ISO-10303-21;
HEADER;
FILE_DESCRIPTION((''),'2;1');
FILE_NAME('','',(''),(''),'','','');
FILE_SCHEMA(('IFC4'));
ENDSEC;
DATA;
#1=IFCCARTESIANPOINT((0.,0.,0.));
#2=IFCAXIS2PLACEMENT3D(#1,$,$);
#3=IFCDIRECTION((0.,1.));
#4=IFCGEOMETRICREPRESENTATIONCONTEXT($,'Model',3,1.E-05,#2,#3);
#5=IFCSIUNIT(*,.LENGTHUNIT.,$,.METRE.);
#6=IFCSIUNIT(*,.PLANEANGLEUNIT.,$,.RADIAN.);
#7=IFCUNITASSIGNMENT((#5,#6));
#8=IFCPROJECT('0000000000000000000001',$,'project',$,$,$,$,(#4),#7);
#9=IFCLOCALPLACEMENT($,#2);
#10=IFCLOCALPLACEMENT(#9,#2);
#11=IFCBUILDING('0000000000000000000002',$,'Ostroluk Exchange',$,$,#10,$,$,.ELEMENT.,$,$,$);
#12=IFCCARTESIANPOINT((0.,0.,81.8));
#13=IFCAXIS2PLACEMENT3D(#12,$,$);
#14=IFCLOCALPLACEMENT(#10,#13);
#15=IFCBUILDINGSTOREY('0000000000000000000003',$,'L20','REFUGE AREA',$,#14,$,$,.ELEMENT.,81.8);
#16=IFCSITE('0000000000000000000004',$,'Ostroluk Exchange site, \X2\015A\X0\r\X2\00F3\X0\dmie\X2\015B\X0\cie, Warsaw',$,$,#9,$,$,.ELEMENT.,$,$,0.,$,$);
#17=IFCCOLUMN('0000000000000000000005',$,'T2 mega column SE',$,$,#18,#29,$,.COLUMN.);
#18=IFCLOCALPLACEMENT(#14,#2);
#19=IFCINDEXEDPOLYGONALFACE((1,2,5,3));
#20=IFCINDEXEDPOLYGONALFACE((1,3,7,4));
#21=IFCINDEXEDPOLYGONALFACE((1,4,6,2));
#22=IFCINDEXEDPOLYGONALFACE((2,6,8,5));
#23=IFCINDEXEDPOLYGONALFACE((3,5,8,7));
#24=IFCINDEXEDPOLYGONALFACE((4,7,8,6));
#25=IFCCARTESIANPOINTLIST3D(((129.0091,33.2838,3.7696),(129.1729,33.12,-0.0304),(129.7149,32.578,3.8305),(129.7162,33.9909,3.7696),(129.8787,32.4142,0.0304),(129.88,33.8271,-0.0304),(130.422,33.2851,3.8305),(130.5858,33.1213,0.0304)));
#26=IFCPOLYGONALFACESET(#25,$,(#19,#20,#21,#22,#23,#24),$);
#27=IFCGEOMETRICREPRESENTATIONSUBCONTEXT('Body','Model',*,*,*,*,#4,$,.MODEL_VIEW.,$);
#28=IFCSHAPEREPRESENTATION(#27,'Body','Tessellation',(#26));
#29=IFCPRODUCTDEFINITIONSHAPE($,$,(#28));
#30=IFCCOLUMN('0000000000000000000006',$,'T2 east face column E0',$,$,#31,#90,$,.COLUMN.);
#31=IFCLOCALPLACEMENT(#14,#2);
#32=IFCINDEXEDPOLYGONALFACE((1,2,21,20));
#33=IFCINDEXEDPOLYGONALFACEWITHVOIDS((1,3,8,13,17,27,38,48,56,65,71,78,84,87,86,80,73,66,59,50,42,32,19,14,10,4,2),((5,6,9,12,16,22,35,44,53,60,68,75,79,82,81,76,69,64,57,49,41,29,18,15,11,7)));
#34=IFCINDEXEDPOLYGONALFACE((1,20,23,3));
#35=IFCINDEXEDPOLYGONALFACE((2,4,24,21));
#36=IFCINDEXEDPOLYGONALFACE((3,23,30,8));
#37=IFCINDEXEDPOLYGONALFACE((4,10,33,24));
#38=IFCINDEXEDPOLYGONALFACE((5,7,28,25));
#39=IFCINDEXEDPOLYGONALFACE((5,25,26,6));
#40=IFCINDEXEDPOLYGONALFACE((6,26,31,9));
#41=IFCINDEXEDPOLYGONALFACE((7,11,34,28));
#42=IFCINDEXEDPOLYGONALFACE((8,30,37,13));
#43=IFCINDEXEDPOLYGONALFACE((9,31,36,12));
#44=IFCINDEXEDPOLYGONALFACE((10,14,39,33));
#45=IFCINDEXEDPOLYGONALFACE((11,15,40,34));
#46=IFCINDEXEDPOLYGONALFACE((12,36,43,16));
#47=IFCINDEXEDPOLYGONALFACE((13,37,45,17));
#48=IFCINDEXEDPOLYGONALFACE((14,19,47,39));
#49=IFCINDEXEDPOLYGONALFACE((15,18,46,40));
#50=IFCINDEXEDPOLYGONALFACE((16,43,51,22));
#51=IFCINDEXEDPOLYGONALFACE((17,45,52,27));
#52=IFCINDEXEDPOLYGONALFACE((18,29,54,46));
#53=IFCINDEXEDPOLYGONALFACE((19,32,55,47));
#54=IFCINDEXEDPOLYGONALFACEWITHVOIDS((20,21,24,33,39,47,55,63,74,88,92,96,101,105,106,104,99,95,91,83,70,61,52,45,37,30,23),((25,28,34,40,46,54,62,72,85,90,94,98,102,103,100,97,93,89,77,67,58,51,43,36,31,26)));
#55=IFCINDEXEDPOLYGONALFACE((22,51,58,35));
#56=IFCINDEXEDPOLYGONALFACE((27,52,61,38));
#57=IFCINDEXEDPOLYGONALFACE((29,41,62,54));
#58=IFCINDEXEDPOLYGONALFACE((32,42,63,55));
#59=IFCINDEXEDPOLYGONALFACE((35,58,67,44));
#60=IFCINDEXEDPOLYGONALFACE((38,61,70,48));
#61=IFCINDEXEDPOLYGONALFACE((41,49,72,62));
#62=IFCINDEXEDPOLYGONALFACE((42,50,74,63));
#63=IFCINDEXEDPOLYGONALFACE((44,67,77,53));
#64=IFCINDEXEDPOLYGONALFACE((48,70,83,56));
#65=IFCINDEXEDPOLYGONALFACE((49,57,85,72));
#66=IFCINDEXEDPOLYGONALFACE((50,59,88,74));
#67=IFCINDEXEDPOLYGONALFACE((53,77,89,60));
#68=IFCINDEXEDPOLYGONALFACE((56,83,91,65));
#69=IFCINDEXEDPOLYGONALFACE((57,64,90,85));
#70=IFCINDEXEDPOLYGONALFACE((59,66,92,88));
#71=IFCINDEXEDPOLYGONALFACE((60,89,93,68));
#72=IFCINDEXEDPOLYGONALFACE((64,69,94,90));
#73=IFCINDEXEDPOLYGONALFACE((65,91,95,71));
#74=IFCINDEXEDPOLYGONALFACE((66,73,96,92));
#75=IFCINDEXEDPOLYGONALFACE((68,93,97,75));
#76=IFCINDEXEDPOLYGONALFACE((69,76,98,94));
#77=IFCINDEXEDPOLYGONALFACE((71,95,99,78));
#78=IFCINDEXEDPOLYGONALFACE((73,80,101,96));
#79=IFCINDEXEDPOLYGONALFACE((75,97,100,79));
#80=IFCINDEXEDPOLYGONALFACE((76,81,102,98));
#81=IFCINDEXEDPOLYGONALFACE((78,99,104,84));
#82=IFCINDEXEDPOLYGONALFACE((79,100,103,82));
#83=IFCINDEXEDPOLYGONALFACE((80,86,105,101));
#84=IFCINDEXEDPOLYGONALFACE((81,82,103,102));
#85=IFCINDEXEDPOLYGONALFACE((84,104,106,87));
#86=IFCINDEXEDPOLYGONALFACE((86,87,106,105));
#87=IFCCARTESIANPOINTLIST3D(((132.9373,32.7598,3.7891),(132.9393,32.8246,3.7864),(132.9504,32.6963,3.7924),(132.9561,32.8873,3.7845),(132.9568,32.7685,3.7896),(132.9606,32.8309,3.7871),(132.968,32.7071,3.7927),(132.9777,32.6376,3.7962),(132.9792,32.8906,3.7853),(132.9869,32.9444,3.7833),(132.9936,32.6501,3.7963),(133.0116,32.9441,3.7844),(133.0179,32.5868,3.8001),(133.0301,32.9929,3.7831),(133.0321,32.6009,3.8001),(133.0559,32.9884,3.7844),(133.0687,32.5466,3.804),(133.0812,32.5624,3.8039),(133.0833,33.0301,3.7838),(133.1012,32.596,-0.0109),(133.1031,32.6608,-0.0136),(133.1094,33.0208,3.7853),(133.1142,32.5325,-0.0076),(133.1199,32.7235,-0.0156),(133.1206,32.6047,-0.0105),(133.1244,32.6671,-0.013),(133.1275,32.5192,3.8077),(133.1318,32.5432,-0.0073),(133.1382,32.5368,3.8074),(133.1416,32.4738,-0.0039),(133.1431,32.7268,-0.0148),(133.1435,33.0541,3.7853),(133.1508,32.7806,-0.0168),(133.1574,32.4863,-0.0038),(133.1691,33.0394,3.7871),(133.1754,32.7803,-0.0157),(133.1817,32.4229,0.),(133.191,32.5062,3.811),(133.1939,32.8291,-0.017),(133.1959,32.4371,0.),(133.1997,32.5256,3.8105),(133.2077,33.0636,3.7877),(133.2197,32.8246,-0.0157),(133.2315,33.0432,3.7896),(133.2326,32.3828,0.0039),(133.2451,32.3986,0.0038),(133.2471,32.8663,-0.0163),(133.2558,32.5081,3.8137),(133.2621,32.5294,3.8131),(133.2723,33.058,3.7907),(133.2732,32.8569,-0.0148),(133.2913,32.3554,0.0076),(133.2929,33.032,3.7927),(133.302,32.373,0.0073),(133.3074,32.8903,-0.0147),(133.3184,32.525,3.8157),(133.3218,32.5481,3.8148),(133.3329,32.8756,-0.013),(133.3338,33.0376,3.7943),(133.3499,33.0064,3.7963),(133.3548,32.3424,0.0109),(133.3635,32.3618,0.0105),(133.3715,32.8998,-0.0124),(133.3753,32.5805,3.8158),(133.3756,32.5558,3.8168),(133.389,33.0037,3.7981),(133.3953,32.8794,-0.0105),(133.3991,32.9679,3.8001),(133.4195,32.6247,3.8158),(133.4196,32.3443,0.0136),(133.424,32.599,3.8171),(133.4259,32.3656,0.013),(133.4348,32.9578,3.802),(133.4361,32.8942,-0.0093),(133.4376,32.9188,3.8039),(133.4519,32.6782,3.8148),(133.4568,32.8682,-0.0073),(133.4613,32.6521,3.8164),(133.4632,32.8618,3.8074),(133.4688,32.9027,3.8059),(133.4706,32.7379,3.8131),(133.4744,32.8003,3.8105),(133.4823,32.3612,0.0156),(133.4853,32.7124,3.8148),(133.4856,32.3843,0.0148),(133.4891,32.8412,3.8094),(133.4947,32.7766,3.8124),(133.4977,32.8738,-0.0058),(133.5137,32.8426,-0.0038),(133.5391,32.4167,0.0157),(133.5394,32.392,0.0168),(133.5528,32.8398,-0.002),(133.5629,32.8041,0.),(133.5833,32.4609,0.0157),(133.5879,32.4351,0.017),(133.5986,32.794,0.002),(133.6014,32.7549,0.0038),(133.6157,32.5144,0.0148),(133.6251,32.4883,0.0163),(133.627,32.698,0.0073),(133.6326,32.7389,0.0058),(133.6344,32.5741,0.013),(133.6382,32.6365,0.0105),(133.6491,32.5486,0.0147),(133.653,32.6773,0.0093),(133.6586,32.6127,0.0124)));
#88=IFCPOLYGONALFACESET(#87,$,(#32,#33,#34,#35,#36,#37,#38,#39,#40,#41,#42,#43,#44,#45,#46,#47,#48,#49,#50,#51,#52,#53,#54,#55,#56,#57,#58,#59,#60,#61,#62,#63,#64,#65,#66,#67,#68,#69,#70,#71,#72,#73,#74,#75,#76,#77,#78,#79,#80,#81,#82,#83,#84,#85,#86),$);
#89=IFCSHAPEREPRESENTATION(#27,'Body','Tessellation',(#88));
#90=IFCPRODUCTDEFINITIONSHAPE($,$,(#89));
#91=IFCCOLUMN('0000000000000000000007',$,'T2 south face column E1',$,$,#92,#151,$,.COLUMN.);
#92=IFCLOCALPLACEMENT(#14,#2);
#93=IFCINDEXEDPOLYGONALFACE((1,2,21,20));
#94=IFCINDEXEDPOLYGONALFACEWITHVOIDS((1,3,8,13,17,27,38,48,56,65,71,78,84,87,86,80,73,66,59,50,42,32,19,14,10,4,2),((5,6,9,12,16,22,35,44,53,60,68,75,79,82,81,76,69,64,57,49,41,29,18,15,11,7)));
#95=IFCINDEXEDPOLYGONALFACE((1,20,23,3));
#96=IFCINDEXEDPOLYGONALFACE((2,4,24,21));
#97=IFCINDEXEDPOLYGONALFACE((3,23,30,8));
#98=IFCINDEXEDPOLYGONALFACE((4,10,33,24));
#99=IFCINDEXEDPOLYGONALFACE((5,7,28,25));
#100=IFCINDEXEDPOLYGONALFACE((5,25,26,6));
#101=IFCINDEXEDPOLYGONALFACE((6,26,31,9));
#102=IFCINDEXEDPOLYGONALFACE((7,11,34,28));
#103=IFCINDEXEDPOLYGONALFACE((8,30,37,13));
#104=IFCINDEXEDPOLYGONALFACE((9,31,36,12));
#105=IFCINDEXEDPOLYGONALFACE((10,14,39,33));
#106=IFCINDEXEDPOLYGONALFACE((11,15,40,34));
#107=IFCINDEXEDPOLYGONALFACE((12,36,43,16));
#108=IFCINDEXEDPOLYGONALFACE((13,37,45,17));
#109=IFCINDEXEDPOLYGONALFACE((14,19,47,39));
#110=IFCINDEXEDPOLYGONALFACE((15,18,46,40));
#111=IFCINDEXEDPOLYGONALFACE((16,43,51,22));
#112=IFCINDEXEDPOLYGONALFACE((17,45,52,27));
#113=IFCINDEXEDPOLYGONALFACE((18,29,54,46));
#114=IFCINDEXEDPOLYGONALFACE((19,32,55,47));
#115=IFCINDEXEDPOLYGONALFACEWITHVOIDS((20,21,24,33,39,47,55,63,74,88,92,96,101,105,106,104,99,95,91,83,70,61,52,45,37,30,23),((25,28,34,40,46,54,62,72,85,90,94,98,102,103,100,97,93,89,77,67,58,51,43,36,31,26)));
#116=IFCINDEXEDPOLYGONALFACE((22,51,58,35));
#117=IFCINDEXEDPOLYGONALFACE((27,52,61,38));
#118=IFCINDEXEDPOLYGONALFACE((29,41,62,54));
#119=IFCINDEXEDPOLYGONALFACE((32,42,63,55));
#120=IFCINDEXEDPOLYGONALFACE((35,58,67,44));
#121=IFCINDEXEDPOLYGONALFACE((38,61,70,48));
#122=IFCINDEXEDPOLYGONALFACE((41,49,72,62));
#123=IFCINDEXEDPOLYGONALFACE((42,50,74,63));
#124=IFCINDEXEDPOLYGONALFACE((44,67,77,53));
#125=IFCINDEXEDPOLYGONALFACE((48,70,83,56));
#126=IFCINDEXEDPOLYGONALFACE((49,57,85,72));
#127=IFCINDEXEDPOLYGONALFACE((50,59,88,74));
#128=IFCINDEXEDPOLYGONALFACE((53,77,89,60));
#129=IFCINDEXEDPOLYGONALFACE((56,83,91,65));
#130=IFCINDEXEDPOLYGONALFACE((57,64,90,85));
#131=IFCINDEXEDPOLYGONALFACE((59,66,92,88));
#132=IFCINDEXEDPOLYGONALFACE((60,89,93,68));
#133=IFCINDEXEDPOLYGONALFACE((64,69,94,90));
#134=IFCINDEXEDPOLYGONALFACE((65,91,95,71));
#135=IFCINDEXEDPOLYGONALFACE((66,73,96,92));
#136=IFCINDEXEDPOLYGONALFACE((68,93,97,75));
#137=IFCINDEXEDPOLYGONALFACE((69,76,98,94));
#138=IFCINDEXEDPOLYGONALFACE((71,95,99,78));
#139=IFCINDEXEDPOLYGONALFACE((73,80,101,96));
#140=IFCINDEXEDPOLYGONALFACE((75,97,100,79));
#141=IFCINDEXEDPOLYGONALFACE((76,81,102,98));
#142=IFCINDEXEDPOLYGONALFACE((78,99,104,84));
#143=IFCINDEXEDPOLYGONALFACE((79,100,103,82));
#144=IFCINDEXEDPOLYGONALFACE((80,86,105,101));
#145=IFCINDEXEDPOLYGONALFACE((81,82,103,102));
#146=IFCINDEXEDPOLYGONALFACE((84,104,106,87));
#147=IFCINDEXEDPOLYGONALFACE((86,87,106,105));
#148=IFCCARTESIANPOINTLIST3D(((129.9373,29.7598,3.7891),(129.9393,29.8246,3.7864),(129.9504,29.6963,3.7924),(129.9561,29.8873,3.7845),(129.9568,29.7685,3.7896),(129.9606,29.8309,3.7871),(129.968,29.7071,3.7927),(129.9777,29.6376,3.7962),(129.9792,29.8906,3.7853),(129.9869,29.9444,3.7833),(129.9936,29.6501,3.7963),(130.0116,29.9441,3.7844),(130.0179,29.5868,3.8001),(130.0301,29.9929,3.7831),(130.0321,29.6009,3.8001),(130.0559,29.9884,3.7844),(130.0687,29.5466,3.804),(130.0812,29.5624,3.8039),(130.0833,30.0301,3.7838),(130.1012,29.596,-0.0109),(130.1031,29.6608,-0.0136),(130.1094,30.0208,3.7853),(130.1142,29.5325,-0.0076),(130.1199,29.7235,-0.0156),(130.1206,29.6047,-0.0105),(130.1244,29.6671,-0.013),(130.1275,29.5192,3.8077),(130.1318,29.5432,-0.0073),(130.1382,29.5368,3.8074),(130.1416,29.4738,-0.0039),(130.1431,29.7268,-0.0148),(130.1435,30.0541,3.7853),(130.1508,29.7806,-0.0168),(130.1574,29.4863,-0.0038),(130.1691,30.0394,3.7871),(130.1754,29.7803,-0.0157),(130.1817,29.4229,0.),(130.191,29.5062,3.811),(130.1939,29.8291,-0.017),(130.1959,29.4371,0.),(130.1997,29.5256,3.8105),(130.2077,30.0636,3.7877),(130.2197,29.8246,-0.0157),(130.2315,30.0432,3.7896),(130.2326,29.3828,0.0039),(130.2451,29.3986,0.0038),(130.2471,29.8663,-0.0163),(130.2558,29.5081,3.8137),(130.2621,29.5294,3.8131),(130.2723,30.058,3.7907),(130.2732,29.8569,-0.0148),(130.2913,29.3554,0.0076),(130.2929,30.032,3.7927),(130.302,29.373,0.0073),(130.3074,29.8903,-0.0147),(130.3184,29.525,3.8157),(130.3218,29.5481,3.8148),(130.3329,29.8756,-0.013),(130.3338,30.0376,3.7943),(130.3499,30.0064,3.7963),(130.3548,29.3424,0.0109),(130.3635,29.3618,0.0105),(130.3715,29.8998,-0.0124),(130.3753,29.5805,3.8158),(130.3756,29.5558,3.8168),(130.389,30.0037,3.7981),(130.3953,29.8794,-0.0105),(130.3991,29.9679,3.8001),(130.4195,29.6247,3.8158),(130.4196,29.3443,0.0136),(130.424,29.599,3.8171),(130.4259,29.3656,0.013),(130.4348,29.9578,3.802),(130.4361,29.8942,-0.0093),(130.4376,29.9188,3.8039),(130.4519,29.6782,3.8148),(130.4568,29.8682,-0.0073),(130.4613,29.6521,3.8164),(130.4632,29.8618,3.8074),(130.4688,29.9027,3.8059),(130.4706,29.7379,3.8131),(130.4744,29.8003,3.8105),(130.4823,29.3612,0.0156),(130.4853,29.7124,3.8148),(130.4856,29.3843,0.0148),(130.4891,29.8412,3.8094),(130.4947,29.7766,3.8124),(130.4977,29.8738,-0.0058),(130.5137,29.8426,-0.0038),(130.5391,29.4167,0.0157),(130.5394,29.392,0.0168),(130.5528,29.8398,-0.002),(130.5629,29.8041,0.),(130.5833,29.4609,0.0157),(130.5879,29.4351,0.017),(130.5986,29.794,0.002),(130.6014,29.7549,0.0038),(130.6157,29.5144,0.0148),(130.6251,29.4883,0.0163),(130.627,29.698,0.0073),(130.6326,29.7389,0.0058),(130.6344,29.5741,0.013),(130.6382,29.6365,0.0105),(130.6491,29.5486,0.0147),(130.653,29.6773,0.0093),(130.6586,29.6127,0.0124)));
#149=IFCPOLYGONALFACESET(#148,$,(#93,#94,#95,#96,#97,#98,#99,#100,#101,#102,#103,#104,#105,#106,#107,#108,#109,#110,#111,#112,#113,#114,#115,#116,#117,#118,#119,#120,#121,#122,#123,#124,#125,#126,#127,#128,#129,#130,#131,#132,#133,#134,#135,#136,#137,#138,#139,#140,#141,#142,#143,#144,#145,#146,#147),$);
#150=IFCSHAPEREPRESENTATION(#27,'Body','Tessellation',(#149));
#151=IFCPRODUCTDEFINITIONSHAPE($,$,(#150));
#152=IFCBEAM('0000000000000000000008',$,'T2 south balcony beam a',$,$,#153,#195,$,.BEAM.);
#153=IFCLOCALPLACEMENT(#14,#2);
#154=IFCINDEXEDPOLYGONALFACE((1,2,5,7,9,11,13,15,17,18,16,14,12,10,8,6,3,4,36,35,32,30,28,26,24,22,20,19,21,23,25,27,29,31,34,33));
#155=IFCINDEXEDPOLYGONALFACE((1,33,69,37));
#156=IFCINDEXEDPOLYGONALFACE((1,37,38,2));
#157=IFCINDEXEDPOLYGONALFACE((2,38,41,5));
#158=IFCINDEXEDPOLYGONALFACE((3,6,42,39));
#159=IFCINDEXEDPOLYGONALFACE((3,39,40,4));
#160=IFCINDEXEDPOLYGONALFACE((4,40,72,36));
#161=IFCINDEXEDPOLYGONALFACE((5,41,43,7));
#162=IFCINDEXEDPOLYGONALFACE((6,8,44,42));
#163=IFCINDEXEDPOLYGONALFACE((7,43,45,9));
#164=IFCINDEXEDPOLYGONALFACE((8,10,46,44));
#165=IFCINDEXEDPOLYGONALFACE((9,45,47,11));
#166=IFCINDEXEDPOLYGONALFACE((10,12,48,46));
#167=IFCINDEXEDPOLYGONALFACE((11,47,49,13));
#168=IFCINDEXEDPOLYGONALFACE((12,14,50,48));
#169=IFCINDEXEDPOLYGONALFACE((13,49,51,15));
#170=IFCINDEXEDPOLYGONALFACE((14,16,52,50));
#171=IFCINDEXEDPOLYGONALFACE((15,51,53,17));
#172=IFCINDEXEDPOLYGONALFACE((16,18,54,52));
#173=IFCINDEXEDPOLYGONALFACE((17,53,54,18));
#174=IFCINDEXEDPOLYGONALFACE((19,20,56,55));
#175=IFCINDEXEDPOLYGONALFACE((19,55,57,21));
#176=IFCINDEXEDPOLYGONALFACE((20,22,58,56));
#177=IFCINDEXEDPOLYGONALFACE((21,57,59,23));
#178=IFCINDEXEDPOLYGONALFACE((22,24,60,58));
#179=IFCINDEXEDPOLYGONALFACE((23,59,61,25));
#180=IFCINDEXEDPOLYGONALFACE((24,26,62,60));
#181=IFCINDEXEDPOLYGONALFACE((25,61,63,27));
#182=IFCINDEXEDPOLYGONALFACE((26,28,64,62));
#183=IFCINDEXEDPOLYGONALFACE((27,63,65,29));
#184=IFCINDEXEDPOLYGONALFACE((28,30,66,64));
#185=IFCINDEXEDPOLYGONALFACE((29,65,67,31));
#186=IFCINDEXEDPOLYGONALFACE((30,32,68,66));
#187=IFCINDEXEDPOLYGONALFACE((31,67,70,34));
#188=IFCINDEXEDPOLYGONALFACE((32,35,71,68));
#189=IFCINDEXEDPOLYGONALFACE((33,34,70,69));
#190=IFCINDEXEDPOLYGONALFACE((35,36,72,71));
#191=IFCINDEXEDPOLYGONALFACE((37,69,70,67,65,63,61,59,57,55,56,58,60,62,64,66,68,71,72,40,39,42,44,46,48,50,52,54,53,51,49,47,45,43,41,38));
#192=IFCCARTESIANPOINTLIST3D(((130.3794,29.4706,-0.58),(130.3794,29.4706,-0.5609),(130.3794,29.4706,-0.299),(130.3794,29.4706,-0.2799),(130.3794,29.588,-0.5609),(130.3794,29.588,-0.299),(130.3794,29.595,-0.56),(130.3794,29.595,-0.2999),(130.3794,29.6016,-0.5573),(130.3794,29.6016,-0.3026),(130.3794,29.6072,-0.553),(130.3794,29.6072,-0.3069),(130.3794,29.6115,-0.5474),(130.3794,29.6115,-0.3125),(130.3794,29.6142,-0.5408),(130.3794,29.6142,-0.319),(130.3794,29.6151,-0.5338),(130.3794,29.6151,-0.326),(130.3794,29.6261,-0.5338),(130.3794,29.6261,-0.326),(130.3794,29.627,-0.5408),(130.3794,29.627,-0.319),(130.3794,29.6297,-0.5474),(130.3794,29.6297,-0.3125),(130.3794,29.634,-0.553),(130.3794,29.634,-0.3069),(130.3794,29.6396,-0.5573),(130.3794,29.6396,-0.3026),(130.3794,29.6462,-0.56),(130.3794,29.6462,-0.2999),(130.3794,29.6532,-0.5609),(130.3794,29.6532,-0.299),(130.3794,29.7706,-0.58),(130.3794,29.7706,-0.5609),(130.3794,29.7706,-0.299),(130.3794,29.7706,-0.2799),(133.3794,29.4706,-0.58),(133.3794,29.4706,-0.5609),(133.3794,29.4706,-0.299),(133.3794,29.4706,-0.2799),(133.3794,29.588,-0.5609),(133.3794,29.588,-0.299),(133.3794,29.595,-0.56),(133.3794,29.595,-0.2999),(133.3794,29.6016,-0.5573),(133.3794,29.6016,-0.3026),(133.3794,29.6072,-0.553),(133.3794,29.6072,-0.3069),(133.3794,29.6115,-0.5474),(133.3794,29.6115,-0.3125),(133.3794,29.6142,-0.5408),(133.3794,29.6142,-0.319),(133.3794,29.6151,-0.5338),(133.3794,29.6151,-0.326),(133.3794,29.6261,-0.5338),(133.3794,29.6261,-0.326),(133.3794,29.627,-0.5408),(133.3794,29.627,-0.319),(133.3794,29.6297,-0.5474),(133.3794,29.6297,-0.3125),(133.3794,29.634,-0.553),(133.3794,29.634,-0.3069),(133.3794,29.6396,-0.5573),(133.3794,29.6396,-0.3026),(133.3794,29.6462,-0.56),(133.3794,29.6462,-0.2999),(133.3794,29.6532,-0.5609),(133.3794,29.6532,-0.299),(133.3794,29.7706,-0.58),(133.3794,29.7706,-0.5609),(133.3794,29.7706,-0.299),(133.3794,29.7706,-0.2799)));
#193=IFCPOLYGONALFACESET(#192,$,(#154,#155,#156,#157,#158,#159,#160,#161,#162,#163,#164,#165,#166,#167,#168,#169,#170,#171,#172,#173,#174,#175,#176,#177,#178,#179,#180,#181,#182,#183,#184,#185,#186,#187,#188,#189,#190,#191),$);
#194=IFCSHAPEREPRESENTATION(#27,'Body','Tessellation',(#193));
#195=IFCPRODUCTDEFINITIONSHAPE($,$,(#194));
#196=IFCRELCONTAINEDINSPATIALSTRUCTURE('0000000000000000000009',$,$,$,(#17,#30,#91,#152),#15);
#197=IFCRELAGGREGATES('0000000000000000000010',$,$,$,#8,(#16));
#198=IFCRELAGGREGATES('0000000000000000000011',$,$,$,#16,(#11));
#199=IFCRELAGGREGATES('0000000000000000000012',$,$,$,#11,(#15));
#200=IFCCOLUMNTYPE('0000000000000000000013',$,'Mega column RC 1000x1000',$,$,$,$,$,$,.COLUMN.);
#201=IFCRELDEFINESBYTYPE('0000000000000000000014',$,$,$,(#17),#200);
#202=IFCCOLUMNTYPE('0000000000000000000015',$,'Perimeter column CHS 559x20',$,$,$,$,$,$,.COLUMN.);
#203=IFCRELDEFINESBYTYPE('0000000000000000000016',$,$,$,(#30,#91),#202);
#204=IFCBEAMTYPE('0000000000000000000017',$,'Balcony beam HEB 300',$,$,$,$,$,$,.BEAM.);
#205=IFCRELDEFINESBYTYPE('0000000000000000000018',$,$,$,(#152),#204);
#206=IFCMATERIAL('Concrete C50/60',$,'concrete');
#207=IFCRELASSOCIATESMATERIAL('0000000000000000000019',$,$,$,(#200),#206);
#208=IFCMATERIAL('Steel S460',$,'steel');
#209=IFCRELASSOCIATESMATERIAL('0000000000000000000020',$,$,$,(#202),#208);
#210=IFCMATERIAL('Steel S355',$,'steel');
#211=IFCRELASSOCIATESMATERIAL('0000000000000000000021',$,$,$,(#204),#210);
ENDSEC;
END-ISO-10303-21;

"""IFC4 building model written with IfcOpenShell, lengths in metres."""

from ifc_helpers import new_model, si_unit, direction, frame, origin, origin_2d, place, context, subcontext, project, spatial, rectangle, hollow_circle, i_section, extrude, material, material_profile, profile_set, type_object, element, save


model = new_model("IFC4")

# Units and contexts
model_context = context("Model", 3, precision=1e-05, world=origin(), true_north=direction((0.0, 1.0)))
body_context = subcontext(model_context, "Body", "Model", "MODEL_VIEW")
ifc_project = project(units=[si_unit("LENGTHUNIT", "METRE"), si_unit("PLANEANGLEUNIT", "RADIAN")], contexts=[model_context])

# Site, building, storey
site_placement = place(None, origin())
site = spatial("IfcSite", under=ifc_project, at=site_placement, Name="Ostroluk Exchange site, Śródmieście, Warsaw", CompositionType="ELEMENT", RefElevation=0.0)
building_placement = place(site_placement, origin())
building = spatial("IfcBuilding", under=site, at=building_placement, Name="Ostroluk Exchange", CompositionType="ELEMENT")
storey_placement = place(building_placement, frame((0.0, 0.0, 81.8)))
storey = spatial("IfcBuildingStorey", under=building, at=storey_placement, Name="L20", Description="REFUGE AREA", CompositionType="ELEMENT", Elevation=81.8)

# Columns
ifc_material_1 = material(Name="Concrete C50/60", Category="concrete")
ifc_material_profile_1 = material_profile(ifc_material_1, rectangle(XDim=1.0, YDim=1.0, at=origin_2d()), Name="RC 1000x1000")
ifc_profile_set_1 = profile_set([ifc_material_profile_1], Name="Concrete C50/60")
column_type_1 = type_object("IfcColumnType", Name="Mega column RC 1000x1000", PredefinedType="COLUMN", material=ifc_profile_set_1)
column_placement = place(storey_placement, frame((129.8794, 33.1206, 0.0), z_axis=(-0.04303, 0.04303, 0.998147), x_axis=(-0.707107, -0.707107, 0.0)))
element("IfcColumn", 1, at=column_placement, inside=storey, type_object=column_type_1, Name="T2 mega column SE", PredefinedType="COLUMN", context=body_context, shape_type="SweptSolid", body=[
    extrude(rectangle(XDim=1.0, YDim=1.0, at=origin_2d()), origin(), (0.0, 0.0, 1.0), 3.8071),
])
ifc_material_2 = material(Name="Steel S460", Category="steel")
ifc_material_profile_2 = material_profile(ifc_material_2, hollow_circle(Radius=0.2795, WallThickness=0.02, at=origin_2d()), Name="CHS 559x20")
ifc_profile_set_2 = profile_set([ifc_material_profile_2], Name="Steel S460")
column_type_2 = type_object("IfcColumnType", Name="Perimeter column CHS 559x20", PredefinedType="COLUMN", material=ifc_profile_set_2)
for number, where, z_axis, x_axis, name in (
    (2, (133.3794, 32.6206, 0.0), (-0.04303, 0.04303, 0.998147), (-0.707107, -0.707107, 0.0), "T2 east face column E0"),
    (3, (130.3794, 29.6206, 0.0), (-0.04303, 0.04303, 0.998147), (-0.707107, -0.707107, 0.0), "T2 south face column E1"),
):
    element("IfcColumn", number, at=place(storey_placement, frame(where, z_axis=z_axis, x_axis=x_axis)), inside=storey, type_object=column_type_2, Name=name, PredefinedType="COLUMN", context=body_context, shape_type="SweptSolid", body=[
        extrude(hollow_circle(Radius=0.2795, WallThickness=0.02, at=origin_2d()), origin(), (0.0, 0.0, 1.0), 3.8071),
    ])

# Beam
ifc_material_3 = material(Name="Steel S355", Category="steel")
ifc_material_profile_3 = material_profile(ifc_material_3, i_section(OverallWidth=0.3, OverallDepth=0.3, WebThickness=0.011, FlangeThickness=0.019, FilletRadius=0.0271, at=origin_2d()), Name="HEB 300")
ifc_profile_set_3 = profile_set([ifc_material_profile_3], Name="Steel S355")
beam_type_1 = type_object("IfcBeamType", Name="Balcony beam HEB 300", PredefinedType="BEAM", material=ifc_profile_set_3)
for number, where, z_axis, x_axis, name in (
    (4, (130.3794, 29.6206, -0.4299), (1.0, 0.0, 0.0), (0.0, 1.0, 0.0), "T2 south balcony beam a"),
):
    element("IfcBeam", number, at=place(storey_placement, frame(where, z_axis=z_axis, x_axis=x_axis)), inside=storey, type_object=beam_type_1, Name=name, PredefinedType="BEAM", context=body_context, shape_type="SweptSolid", body=[
        extrude(i_section(OverallWidth=0.3, OverallDepth=0.3, WebThickness=0.011, FlangeThickness=0.019, FilletRadius=0.0271, at=origin_2d()), origin(), (0.0, 0.0, 1.0), 3.0),
    ])

save(model, "model.ifc")
